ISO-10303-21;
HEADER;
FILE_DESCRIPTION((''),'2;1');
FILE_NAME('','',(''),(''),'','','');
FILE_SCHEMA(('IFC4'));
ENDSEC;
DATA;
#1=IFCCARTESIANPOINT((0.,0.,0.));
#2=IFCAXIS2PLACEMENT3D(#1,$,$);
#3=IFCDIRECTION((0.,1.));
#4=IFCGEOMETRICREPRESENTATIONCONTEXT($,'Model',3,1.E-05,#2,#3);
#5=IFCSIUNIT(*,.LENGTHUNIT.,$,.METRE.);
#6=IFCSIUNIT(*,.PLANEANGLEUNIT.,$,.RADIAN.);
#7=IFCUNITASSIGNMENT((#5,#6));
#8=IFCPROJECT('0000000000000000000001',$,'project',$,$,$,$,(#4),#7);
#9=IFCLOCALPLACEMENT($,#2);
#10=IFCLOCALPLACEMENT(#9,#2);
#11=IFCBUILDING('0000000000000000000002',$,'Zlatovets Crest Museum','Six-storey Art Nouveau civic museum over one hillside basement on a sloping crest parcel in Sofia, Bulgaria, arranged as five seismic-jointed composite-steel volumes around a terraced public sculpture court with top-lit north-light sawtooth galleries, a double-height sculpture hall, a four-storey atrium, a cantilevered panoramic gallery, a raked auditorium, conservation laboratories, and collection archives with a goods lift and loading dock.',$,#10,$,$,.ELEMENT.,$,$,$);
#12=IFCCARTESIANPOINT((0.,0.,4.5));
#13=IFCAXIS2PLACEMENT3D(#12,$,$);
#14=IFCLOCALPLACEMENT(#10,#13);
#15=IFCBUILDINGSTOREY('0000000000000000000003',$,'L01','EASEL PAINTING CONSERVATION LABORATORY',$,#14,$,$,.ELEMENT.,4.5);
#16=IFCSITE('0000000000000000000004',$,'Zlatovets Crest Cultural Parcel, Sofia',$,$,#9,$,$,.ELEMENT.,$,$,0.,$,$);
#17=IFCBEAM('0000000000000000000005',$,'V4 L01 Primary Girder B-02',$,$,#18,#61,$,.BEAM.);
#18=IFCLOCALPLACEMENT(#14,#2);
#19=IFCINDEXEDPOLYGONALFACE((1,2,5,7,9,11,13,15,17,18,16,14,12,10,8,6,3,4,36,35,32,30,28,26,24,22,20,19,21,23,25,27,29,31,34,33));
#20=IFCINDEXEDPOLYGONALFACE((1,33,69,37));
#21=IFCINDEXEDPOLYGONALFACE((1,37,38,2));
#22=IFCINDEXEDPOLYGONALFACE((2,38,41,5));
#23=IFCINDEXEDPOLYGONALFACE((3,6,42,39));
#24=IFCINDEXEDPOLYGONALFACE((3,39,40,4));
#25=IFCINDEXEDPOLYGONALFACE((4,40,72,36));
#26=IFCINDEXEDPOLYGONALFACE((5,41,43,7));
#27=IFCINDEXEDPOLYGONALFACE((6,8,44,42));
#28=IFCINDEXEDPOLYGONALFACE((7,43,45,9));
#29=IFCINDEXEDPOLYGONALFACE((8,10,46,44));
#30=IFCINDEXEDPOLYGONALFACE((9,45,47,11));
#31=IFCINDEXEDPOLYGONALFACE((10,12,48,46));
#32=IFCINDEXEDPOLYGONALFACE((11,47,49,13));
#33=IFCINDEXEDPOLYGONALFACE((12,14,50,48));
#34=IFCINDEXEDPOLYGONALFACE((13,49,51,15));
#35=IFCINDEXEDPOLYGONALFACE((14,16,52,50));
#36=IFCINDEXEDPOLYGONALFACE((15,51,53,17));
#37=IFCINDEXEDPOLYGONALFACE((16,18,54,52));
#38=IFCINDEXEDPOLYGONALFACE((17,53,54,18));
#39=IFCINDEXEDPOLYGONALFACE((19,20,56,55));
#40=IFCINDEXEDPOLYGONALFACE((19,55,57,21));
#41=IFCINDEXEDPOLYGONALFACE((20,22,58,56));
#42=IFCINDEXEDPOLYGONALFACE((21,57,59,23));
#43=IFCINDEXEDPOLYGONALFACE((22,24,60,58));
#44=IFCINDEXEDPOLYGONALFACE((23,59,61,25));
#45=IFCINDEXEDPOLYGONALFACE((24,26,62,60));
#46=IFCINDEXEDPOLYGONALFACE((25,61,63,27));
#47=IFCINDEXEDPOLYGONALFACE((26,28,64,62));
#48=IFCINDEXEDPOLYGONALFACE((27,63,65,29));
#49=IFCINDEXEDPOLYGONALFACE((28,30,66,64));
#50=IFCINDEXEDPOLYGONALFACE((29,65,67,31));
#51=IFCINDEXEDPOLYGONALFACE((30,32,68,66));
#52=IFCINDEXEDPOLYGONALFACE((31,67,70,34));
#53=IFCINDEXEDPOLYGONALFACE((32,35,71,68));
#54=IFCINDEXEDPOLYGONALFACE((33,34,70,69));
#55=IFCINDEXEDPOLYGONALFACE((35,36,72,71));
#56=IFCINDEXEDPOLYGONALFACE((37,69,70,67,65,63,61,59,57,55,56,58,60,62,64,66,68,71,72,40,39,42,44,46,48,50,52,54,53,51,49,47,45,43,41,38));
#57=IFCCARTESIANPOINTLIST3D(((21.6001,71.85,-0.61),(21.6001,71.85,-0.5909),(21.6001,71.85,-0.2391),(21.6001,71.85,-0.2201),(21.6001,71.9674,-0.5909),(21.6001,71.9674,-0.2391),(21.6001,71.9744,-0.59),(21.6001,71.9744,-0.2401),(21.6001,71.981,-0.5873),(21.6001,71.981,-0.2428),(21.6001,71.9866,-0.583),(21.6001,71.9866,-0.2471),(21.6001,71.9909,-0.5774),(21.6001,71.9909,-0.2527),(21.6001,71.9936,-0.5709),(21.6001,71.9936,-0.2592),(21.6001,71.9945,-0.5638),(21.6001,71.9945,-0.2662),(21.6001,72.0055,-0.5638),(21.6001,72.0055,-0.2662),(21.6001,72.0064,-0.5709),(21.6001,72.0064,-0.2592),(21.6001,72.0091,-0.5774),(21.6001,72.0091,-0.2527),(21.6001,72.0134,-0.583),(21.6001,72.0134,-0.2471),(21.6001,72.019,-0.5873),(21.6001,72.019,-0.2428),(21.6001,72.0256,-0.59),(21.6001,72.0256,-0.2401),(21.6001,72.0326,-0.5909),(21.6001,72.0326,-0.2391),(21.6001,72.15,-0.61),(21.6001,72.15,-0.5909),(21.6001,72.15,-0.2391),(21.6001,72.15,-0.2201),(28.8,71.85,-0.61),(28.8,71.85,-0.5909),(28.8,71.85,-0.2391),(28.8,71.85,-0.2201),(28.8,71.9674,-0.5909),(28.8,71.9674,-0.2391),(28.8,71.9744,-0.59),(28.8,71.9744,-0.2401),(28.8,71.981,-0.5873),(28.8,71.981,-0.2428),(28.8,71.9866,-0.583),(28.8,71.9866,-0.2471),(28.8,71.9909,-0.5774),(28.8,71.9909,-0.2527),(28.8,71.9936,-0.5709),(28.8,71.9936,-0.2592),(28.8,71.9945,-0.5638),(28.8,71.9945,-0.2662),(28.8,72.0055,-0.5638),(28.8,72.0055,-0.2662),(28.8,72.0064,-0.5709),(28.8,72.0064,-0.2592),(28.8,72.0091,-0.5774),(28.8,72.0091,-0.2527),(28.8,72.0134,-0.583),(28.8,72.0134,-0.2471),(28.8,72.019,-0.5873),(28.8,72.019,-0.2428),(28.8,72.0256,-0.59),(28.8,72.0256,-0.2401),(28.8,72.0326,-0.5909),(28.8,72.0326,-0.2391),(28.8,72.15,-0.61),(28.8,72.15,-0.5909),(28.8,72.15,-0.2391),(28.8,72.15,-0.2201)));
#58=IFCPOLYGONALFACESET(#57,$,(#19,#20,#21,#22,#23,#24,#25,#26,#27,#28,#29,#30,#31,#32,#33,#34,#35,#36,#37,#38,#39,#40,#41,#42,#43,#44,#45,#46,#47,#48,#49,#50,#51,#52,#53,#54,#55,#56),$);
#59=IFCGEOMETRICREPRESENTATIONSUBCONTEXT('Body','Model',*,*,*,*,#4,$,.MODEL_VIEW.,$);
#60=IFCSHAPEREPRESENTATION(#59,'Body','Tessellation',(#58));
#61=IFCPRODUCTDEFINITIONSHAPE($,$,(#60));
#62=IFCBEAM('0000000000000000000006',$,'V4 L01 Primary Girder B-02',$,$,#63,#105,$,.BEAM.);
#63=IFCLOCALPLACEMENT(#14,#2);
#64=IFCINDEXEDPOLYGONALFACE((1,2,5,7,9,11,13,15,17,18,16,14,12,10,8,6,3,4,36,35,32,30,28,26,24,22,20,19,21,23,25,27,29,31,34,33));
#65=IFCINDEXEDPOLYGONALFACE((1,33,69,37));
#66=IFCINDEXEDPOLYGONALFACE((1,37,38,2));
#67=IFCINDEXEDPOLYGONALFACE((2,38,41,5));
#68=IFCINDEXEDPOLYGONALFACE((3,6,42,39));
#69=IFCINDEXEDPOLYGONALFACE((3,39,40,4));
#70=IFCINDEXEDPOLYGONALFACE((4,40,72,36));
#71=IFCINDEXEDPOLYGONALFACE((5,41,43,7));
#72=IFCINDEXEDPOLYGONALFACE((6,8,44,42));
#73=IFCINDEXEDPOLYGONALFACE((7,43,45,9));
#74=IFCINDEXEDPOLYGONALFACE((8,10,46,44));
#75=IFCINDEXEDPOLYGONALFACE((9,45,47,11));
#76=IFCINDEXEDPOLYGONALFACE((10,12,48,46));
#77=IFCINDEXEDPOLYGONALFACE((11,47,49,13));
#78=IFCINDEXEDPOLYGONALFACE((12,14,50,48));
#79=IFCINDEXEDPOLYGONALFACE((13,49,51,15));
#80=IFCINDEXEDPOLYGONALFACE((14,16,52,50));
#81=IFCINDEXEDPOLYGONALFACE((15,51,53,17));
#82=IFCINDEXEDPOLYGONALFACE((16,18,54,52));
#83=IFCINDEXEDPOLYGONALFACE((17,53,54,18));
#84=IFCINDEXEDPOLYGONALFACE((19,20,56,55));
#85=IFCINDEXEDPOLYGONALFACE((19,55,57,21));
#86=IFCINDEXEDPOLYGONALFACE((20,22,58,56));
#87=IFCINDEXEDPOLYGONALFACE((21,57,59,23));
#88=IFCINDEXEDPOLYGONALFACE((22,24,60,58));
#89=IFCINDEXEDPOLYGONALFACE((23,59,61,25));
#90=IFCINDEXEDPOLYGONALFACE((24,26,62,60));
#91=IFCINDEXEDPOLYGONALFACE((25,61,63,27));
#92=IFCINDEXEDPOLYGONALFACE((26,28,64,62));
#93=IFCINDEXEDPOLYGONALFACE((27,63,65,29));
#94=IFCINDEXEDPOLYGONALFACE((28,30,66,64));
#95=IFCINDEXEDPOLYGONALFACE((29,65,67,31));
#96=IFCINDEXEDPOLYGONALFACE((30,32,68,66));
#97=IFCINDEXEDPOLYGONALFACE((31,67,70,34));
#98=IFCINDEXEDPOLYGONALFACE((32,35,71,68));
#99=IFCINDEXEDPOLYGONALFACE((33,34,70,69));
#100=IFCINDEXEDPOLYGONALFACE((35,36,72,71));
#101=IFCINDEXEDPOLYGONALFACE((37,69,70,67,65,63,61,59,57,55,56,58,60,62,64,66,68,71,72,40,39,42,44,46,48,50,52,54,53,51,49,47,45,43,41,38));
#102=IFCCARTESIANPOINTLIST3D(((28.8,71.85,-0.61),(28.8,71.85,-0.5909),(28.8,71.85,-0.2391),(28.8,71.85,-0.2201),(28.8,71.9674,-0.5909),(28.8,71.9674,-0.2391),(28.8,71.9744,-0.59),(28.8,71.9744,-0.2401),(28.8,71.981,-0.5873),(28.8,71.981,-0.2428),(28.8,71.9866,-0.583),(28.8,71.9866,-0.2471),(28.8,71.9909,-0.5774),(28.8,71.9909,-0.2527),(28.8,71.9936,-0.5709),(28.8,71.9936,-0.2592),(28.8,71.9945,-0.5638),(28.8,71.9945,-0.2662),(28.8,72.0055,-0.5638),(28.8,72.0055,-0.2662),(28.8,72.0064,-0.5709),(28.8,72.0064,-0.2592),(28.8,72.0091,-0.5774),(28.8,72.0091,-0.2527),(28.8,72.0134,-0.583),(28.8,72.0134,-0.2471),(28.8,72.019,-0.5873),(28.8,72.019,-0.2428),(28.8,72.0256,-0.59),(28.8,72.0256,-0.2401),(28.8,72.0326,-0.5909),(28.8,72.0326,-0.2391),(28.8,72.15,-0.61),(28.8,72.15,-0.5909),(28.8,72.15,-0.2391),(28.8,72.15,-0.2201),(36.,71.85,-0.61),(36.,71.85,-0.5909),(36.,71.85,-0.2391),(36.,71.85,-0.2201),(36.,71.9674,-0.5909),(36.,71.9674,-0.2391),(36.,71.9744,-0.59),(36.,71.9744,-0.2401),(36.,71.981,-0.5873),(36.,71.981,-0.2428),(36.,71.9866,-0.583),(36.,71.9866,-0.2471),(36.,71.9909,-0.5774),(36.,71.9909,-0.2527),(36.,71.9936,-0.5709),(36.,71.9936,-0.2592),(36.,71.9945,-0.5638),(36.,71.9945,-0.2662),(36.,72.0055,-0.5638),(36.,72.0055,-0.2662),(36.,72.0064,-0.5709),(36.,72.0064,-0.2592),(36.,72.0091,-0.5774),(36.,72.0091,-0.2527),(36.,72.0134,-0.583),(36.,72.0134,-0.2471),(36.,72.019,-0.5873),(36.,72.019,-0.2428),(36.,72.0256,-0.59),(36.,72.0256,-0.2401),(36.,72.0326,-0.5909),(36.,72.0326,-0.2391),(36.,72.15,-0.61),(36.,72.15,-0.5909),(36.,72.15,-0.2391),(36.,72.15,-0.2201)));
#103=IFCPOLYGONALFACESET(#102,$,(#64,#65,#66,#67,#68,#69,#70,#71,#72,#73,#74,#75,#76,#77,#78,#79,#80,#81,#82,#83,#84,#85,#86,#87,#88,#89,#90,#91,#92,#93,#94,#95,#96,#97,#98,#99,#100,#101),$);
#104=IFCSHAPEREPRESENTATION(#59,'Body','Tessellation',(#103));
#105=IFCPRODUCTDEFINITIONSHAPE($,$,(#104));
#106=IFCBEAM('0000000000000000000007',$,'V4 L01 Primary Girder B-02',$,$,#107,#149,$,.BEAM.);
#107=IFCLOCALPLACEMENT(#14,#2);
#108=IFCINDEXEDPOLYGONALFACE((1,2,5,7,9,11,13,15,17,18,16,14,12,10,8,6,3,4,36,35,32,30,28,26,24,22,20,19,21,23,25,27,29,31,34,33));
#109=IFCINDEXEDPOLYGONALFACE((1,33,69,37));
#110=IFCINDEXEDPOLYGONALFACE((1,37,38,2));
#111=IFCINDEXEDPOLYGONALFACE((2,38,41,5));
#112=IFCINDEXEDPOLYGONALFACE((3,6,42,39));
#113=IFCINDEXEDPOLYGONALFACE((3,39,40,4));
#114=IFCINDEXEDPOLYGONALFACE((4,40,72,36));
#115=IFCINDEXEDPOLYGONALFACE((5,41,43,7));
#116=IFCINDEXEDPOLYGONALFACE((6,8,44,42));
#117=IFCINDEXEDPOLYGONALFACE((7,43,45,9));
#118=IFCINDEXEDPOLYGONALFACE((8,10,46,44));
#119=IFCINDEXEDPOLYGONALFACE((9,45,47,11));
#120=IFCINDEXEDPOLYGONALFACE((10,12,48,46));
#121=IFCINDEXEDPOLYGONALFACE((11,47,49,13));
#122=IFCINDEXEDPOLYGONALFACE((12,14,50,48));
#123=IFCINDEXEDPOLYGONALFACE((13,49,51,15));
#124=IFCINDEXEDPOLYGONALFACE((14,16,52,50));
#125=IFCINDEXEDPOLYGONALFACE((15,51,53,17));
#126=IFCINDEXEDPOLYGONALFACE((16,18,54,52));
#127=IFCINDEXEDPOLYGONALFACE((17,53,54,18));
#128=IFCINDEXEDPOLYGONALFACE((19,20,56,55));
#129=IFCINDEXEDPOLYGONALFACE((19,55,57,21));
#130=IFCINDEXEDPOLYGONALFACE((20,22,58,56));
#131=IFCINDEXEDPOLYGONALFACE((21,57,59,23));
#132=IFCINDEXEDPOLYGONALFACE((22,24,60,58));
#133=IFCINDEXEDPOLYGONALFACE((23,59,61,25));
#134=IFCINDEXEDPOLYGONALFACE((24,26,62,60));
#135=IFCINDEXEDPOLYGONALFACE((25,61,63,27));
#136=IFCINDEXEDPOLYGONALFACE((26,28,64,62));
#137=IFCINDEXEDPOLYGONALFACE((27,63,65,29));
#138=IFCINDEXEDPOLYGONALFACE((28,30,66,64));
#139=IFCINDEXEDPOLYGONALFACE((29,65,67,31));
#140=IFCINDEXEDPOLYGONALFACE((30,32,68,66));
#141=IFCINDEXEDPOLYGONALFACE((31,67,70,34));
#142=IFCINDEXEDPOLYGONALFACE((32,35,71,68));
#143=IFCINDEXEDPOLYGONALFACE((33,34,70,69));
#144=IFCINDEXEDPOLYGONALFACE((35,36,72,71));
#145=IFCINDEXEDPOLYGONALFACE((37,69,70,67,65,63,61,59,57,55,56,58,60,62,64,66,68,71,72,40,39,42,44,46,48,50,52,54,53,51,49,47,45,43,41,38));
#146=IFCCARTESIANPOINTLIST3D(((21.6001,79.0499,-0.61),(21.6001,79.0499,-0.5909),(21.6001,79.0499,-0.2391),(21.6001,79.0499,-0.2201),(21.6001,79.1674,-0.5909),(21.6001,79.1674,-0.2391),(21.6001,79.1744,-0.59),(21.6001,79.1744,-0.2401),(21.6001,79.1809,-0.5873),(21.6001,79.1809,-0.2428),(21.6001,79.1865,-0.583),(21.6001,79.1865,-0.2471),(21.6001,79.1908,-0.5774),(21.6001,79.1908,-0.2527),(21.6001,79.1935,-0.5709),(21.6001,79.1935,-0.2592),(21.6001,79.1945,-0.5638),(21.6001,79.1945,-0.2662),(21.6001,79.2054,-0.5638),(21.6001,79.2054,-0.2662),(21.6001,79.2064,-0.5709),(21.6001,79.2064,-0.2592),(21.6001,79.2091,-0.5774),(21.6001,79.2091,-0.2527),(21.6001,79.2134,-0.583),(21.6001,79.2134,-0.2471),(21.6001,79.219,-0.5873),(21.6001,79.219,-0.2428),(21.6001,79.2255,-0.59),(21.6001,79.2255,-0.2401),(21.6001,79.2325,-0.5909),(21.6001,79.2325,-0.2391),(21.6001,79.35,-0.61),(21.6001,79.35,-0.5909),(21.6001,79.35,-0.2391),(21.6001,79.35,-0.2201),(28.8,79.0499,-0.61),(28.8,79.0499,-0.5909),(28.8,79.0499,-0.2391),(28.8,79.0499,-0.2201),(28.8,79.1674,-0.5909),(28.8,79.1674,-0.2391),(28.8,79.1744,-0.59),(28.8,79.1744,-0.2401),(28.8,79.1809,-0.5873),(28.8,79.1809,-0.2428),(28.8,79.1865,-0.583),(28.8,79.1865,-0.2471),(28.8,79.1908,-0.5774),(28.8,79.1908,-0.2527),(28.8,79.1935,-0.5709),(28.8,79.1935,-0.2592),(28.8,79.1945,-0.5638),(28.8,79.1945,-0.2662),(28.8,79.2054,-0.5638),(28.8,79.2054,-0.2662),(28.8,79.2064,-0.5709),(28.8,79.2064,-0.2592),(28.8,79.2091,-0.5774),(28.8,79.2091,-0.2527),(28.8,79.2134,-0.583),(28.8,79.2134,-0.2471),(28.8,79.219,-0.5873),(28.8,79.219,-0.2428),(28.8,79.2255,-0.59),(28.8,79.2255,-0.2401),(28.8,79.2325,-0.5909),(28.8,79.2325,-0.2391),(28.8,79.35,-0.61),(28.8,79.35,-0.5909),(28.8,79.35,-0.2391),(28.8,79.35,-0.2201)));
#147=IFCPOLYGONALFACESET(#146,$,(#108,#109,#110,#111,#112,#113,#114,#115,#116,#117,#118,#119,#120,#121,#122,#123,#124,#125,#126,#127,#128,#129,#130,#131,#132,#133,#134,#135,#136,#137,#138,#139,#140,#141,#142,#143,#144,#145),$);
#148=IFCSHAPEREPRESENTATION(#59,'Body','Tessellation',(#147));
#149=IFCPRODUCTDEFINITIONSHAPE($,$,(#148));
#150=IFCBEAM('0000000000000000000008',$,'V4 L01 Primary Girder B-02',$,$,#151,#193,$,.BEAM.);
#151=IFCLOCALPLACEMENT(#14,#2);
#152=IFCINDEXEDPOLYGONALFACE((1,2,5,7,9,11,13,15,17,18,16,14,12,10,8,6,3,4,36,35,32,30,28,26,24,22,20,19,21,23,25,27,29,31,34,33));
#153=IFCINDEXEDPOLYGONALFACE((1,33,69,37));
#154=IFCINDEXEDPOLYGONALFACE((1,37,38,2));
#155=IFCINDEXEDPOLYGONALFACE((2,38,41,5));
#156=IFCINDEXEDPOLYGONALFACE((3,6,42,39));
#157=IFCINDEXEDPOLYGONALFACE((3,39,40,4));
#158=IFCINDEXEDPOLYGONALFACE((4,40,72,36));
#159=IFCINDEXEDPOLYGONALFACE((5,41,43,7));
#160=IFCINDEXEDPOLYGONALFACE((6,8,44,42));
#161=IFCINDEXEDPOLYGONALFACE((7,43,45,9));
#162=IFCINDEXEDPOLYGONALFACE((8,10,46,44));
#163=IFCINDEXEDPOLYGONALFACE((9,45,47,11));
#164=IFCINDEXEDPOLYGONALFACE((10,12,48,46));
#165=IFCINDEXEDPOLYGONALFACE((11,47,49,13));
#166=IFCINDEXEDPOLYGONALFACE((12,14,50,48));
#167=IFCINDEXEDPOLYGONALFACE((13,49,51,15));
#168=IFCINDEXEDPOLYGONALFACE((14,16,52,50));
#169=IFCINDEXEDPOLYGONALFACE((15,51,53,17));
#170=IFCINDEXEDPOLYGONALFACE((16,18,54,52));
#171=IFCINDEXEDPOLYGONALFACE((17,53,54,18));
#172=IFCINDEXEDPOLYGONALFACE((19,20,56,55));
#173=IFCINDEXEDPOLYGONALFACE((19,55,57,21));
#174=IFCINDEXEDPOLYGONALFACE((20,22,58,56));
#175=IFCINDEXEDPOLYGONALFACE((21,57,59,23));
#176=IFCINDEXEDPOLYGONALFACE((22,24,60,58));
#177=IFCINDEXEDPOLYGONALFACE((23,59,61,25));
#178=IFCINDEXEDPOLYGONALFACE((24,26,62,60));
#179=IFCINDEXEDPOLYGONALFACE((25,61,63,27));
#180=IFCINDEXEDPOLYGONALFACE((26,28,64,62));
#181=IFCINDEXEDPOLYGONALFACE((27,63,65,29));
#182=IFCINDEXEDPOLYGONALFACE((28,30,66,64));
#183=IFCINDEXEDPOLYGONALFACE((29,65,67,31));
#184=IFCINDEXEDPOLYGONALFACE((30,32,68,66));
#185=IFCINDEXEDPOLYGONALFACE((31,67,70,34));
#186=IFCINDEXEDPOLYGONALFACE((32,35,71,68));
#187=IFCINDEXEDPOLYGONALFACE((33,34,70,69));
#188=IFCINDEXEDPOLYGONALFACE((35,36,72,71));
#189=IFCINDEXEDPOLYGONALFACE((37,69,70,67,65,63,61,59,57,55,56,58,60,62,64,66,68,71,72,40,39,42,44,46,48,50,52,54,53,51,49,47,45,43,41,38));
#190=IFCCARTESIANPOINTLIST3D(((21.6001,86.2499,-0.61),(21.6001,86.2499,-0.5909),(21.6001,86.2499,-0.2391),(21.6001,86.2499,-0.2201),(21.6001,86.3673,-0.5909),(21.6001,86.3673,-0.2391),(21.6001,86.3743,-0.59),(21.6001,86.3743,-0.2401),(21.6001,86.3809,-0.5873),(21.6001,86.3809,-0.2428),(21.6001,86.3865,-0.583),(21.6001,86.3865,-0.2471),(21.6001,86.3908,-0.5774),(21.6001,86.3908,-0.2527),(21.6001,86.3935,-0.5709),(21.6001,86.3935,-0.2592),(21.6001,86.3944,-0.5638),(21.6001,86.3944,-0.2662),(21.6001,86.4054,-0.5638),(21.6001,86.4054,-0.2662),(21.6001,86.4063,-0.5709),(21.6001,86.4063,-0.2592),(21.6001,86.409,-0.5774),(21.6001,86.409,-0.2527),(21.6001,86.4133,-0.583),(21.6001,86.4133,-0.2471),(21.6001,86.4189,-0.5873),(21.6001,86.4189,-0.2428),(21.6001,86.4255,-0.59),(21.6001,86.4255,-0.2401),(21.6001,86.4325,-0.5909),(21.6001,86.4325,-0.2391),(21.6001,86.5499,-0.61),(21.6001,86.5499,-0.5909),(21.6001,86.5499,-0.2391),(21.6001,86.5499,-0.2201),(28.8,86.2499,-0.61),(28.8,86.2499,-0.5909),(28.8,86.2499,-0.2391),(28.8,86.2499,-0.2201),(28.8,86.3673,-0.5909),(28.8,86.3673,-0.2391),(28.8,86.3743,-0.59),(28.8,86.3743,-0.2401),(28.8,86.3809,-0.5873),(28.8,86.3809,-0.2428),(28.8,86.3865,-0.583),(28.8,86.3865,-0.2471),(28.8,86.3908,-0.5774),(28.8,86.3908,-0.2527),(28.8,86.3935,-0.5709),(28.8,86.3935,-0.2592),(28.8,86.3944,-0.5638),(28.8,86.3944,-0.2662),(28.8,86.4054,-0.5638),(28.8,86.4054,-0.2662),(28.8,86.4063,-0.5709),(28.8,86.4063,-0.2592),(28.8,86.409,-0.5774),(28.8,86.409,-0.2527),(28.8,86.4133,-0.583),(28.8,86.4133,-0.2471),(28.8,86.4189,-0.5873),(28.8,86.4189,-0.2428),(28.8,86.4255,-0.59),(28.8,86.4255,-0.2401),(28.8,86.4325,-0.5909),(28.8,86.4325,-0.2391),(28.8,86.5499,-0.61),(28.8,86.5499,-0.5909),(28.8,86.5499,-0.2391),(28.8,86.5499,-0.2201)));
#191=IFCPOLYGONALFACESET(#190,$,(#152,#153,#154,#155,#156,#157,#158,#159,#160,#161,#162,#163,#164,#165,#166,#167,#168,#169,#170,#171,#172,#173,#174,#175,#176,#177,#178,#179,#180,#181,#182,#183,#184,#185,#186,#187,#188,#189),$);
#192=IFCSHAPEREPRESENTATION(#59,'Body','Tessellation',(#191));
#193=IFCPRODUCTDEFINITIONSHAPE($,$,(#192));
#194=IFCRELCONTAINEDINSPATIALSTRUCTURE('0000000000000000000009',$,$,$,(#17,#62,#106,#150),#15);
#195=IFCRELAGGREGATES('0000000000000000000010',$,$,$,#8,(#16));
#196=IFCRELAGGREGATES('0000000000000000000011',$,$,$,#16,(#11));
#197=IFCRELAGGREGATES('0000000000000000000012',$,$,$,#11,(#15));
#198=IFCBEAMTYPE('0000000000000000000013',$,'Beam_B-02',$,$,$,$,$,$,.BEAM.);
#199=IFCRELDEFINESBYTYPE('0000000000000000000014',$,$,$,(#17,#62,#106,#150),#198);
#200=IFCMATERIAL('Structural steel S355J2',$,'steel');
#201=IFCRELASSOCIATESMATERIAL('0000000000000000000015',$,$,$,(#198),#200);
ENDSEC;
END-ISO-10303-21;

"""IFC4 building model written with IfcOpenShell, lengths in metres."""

from ifc_helpers import new_model, si_unit, direction, frame, origin, origin_2d, place, context, subcontext, project, spatial, i_section, extrude, material, material_profile, profile_set, type_object, element, save


model = new_model("IFC4")

# Units and contexts
model_context = context("Model", 3, precision=1e-05, world=origin(), true_north=direction((0.0, 1.0)))
body_context = subcontext(model_context, "Body", "Model", "MODEL_VIEW")
ifc_project = project(units=[si_unit("LENGTHUNIT", "METRE"), si_unit("PLANEANGLEUNIT", "RADIAN")], contexts=[model_context])

# Site, building, storey
site_placement = place(None, origin())
site = spatial("IfcSite", under=ifc_project, at=site_placement, Name="Zlatovets Crest Cultural Parcel, Sofia", CompositionType="ELEMENT", RefElevation=0.0)
building_placement = place(site_placement, origin())
building = spatial("IfcBuilding", under=site, at=building_placement, Name="Zlatovets Crest Museum", Description="Six-storey Art Nouveau civic museum over one hillside basement on a sloping crest parcel in Sofia, Bulgaria, arranged as five seismic-jointed composite-steel volumes around a terraced public sculpture court with top-lit north-light sawtooth galleries, a double-height sculpture hall, a four-storey atrium, a cantilevered panoramic gallery, a raked auditorium, conservation laboratories, and collection archives with a goods lift and loading dock.", CompositionType="ELEMENT")
storey_placement = place(building_placement, frame((0.0, 0.0, 4.5)))
storey = spatial("IfcBuildingStorey", under=building, at=storey_placement, Name="L01", Description="EASEL PAINTING CONSERVATION LABORATORY", CompositionType="ELEMENT", Elevation=4.5)

# Shared definitions
ifc_material_1 = material(Name="Structural steel S355J2", Category="steel")

# Beams
ifc_material_profile_1 = material_profile(ifc_material_1, i_section(OverallWidth=0.3, OverallDepth=0.3899, WebThickness=0.011, FlangeThickness=0.019, FilletRadius=0.0271, at=origin_2d()), Name="HEA 400")
ifc_profile_set_1 = profile_set([ifc_material_profile_1], Name="Structural steel S355J2")
beam_type_1 = type_object("IfcBeamType", Name="Beam_B-02", PredefinedType="BEAM", material=ifc_profile_set_1)
for number, where, z_axis, x_axis, name in (
    (1, (21.6001, 72.0, -0.415), (1.0, 0.0, 0.0), (0.0, 1.0, 0.0), "V4 L01 Primary Girder B-02"),
    (2, (28.8, 72.0, -0.415), (1.0, 0.0, 0.0), (0.0, 1.0, 0.0), "V4 L01 Primary Girder B-02"),
    (3, (21.6001, 79.2, -0.415), (1.0, 0.0, 0.0), (0.0, 1.0, 0.0), "V4 L01 Primary Girder B-02"),
    (4, (21.6001, 86.3999, -0.415), (1.0, 0.0, 0.0), (0.0, 1.0, 0.0), "V4 L01 Primary Girder B-02"),
):
    element("IfcBeam", number, at=place(storey_placement, frame(where, z_axis=z_axis, x_axis=x_axis)), inside=storey, type_object=beam_type_1, Name=name, PredefinedType="BEAM", context=body_context, shape_type="SweptSolid", body=[
        extrude(i_section(OverallWidth=0.3, OverallDepth=0.3899, WebThickness=0.011, FlangeThickness=0.019, FilletRadius=0.0271, at=origin_2d()), origin(), (0.0, 0.0, 1.0), 7.2),
    ])

save(model, "model.ifc")
